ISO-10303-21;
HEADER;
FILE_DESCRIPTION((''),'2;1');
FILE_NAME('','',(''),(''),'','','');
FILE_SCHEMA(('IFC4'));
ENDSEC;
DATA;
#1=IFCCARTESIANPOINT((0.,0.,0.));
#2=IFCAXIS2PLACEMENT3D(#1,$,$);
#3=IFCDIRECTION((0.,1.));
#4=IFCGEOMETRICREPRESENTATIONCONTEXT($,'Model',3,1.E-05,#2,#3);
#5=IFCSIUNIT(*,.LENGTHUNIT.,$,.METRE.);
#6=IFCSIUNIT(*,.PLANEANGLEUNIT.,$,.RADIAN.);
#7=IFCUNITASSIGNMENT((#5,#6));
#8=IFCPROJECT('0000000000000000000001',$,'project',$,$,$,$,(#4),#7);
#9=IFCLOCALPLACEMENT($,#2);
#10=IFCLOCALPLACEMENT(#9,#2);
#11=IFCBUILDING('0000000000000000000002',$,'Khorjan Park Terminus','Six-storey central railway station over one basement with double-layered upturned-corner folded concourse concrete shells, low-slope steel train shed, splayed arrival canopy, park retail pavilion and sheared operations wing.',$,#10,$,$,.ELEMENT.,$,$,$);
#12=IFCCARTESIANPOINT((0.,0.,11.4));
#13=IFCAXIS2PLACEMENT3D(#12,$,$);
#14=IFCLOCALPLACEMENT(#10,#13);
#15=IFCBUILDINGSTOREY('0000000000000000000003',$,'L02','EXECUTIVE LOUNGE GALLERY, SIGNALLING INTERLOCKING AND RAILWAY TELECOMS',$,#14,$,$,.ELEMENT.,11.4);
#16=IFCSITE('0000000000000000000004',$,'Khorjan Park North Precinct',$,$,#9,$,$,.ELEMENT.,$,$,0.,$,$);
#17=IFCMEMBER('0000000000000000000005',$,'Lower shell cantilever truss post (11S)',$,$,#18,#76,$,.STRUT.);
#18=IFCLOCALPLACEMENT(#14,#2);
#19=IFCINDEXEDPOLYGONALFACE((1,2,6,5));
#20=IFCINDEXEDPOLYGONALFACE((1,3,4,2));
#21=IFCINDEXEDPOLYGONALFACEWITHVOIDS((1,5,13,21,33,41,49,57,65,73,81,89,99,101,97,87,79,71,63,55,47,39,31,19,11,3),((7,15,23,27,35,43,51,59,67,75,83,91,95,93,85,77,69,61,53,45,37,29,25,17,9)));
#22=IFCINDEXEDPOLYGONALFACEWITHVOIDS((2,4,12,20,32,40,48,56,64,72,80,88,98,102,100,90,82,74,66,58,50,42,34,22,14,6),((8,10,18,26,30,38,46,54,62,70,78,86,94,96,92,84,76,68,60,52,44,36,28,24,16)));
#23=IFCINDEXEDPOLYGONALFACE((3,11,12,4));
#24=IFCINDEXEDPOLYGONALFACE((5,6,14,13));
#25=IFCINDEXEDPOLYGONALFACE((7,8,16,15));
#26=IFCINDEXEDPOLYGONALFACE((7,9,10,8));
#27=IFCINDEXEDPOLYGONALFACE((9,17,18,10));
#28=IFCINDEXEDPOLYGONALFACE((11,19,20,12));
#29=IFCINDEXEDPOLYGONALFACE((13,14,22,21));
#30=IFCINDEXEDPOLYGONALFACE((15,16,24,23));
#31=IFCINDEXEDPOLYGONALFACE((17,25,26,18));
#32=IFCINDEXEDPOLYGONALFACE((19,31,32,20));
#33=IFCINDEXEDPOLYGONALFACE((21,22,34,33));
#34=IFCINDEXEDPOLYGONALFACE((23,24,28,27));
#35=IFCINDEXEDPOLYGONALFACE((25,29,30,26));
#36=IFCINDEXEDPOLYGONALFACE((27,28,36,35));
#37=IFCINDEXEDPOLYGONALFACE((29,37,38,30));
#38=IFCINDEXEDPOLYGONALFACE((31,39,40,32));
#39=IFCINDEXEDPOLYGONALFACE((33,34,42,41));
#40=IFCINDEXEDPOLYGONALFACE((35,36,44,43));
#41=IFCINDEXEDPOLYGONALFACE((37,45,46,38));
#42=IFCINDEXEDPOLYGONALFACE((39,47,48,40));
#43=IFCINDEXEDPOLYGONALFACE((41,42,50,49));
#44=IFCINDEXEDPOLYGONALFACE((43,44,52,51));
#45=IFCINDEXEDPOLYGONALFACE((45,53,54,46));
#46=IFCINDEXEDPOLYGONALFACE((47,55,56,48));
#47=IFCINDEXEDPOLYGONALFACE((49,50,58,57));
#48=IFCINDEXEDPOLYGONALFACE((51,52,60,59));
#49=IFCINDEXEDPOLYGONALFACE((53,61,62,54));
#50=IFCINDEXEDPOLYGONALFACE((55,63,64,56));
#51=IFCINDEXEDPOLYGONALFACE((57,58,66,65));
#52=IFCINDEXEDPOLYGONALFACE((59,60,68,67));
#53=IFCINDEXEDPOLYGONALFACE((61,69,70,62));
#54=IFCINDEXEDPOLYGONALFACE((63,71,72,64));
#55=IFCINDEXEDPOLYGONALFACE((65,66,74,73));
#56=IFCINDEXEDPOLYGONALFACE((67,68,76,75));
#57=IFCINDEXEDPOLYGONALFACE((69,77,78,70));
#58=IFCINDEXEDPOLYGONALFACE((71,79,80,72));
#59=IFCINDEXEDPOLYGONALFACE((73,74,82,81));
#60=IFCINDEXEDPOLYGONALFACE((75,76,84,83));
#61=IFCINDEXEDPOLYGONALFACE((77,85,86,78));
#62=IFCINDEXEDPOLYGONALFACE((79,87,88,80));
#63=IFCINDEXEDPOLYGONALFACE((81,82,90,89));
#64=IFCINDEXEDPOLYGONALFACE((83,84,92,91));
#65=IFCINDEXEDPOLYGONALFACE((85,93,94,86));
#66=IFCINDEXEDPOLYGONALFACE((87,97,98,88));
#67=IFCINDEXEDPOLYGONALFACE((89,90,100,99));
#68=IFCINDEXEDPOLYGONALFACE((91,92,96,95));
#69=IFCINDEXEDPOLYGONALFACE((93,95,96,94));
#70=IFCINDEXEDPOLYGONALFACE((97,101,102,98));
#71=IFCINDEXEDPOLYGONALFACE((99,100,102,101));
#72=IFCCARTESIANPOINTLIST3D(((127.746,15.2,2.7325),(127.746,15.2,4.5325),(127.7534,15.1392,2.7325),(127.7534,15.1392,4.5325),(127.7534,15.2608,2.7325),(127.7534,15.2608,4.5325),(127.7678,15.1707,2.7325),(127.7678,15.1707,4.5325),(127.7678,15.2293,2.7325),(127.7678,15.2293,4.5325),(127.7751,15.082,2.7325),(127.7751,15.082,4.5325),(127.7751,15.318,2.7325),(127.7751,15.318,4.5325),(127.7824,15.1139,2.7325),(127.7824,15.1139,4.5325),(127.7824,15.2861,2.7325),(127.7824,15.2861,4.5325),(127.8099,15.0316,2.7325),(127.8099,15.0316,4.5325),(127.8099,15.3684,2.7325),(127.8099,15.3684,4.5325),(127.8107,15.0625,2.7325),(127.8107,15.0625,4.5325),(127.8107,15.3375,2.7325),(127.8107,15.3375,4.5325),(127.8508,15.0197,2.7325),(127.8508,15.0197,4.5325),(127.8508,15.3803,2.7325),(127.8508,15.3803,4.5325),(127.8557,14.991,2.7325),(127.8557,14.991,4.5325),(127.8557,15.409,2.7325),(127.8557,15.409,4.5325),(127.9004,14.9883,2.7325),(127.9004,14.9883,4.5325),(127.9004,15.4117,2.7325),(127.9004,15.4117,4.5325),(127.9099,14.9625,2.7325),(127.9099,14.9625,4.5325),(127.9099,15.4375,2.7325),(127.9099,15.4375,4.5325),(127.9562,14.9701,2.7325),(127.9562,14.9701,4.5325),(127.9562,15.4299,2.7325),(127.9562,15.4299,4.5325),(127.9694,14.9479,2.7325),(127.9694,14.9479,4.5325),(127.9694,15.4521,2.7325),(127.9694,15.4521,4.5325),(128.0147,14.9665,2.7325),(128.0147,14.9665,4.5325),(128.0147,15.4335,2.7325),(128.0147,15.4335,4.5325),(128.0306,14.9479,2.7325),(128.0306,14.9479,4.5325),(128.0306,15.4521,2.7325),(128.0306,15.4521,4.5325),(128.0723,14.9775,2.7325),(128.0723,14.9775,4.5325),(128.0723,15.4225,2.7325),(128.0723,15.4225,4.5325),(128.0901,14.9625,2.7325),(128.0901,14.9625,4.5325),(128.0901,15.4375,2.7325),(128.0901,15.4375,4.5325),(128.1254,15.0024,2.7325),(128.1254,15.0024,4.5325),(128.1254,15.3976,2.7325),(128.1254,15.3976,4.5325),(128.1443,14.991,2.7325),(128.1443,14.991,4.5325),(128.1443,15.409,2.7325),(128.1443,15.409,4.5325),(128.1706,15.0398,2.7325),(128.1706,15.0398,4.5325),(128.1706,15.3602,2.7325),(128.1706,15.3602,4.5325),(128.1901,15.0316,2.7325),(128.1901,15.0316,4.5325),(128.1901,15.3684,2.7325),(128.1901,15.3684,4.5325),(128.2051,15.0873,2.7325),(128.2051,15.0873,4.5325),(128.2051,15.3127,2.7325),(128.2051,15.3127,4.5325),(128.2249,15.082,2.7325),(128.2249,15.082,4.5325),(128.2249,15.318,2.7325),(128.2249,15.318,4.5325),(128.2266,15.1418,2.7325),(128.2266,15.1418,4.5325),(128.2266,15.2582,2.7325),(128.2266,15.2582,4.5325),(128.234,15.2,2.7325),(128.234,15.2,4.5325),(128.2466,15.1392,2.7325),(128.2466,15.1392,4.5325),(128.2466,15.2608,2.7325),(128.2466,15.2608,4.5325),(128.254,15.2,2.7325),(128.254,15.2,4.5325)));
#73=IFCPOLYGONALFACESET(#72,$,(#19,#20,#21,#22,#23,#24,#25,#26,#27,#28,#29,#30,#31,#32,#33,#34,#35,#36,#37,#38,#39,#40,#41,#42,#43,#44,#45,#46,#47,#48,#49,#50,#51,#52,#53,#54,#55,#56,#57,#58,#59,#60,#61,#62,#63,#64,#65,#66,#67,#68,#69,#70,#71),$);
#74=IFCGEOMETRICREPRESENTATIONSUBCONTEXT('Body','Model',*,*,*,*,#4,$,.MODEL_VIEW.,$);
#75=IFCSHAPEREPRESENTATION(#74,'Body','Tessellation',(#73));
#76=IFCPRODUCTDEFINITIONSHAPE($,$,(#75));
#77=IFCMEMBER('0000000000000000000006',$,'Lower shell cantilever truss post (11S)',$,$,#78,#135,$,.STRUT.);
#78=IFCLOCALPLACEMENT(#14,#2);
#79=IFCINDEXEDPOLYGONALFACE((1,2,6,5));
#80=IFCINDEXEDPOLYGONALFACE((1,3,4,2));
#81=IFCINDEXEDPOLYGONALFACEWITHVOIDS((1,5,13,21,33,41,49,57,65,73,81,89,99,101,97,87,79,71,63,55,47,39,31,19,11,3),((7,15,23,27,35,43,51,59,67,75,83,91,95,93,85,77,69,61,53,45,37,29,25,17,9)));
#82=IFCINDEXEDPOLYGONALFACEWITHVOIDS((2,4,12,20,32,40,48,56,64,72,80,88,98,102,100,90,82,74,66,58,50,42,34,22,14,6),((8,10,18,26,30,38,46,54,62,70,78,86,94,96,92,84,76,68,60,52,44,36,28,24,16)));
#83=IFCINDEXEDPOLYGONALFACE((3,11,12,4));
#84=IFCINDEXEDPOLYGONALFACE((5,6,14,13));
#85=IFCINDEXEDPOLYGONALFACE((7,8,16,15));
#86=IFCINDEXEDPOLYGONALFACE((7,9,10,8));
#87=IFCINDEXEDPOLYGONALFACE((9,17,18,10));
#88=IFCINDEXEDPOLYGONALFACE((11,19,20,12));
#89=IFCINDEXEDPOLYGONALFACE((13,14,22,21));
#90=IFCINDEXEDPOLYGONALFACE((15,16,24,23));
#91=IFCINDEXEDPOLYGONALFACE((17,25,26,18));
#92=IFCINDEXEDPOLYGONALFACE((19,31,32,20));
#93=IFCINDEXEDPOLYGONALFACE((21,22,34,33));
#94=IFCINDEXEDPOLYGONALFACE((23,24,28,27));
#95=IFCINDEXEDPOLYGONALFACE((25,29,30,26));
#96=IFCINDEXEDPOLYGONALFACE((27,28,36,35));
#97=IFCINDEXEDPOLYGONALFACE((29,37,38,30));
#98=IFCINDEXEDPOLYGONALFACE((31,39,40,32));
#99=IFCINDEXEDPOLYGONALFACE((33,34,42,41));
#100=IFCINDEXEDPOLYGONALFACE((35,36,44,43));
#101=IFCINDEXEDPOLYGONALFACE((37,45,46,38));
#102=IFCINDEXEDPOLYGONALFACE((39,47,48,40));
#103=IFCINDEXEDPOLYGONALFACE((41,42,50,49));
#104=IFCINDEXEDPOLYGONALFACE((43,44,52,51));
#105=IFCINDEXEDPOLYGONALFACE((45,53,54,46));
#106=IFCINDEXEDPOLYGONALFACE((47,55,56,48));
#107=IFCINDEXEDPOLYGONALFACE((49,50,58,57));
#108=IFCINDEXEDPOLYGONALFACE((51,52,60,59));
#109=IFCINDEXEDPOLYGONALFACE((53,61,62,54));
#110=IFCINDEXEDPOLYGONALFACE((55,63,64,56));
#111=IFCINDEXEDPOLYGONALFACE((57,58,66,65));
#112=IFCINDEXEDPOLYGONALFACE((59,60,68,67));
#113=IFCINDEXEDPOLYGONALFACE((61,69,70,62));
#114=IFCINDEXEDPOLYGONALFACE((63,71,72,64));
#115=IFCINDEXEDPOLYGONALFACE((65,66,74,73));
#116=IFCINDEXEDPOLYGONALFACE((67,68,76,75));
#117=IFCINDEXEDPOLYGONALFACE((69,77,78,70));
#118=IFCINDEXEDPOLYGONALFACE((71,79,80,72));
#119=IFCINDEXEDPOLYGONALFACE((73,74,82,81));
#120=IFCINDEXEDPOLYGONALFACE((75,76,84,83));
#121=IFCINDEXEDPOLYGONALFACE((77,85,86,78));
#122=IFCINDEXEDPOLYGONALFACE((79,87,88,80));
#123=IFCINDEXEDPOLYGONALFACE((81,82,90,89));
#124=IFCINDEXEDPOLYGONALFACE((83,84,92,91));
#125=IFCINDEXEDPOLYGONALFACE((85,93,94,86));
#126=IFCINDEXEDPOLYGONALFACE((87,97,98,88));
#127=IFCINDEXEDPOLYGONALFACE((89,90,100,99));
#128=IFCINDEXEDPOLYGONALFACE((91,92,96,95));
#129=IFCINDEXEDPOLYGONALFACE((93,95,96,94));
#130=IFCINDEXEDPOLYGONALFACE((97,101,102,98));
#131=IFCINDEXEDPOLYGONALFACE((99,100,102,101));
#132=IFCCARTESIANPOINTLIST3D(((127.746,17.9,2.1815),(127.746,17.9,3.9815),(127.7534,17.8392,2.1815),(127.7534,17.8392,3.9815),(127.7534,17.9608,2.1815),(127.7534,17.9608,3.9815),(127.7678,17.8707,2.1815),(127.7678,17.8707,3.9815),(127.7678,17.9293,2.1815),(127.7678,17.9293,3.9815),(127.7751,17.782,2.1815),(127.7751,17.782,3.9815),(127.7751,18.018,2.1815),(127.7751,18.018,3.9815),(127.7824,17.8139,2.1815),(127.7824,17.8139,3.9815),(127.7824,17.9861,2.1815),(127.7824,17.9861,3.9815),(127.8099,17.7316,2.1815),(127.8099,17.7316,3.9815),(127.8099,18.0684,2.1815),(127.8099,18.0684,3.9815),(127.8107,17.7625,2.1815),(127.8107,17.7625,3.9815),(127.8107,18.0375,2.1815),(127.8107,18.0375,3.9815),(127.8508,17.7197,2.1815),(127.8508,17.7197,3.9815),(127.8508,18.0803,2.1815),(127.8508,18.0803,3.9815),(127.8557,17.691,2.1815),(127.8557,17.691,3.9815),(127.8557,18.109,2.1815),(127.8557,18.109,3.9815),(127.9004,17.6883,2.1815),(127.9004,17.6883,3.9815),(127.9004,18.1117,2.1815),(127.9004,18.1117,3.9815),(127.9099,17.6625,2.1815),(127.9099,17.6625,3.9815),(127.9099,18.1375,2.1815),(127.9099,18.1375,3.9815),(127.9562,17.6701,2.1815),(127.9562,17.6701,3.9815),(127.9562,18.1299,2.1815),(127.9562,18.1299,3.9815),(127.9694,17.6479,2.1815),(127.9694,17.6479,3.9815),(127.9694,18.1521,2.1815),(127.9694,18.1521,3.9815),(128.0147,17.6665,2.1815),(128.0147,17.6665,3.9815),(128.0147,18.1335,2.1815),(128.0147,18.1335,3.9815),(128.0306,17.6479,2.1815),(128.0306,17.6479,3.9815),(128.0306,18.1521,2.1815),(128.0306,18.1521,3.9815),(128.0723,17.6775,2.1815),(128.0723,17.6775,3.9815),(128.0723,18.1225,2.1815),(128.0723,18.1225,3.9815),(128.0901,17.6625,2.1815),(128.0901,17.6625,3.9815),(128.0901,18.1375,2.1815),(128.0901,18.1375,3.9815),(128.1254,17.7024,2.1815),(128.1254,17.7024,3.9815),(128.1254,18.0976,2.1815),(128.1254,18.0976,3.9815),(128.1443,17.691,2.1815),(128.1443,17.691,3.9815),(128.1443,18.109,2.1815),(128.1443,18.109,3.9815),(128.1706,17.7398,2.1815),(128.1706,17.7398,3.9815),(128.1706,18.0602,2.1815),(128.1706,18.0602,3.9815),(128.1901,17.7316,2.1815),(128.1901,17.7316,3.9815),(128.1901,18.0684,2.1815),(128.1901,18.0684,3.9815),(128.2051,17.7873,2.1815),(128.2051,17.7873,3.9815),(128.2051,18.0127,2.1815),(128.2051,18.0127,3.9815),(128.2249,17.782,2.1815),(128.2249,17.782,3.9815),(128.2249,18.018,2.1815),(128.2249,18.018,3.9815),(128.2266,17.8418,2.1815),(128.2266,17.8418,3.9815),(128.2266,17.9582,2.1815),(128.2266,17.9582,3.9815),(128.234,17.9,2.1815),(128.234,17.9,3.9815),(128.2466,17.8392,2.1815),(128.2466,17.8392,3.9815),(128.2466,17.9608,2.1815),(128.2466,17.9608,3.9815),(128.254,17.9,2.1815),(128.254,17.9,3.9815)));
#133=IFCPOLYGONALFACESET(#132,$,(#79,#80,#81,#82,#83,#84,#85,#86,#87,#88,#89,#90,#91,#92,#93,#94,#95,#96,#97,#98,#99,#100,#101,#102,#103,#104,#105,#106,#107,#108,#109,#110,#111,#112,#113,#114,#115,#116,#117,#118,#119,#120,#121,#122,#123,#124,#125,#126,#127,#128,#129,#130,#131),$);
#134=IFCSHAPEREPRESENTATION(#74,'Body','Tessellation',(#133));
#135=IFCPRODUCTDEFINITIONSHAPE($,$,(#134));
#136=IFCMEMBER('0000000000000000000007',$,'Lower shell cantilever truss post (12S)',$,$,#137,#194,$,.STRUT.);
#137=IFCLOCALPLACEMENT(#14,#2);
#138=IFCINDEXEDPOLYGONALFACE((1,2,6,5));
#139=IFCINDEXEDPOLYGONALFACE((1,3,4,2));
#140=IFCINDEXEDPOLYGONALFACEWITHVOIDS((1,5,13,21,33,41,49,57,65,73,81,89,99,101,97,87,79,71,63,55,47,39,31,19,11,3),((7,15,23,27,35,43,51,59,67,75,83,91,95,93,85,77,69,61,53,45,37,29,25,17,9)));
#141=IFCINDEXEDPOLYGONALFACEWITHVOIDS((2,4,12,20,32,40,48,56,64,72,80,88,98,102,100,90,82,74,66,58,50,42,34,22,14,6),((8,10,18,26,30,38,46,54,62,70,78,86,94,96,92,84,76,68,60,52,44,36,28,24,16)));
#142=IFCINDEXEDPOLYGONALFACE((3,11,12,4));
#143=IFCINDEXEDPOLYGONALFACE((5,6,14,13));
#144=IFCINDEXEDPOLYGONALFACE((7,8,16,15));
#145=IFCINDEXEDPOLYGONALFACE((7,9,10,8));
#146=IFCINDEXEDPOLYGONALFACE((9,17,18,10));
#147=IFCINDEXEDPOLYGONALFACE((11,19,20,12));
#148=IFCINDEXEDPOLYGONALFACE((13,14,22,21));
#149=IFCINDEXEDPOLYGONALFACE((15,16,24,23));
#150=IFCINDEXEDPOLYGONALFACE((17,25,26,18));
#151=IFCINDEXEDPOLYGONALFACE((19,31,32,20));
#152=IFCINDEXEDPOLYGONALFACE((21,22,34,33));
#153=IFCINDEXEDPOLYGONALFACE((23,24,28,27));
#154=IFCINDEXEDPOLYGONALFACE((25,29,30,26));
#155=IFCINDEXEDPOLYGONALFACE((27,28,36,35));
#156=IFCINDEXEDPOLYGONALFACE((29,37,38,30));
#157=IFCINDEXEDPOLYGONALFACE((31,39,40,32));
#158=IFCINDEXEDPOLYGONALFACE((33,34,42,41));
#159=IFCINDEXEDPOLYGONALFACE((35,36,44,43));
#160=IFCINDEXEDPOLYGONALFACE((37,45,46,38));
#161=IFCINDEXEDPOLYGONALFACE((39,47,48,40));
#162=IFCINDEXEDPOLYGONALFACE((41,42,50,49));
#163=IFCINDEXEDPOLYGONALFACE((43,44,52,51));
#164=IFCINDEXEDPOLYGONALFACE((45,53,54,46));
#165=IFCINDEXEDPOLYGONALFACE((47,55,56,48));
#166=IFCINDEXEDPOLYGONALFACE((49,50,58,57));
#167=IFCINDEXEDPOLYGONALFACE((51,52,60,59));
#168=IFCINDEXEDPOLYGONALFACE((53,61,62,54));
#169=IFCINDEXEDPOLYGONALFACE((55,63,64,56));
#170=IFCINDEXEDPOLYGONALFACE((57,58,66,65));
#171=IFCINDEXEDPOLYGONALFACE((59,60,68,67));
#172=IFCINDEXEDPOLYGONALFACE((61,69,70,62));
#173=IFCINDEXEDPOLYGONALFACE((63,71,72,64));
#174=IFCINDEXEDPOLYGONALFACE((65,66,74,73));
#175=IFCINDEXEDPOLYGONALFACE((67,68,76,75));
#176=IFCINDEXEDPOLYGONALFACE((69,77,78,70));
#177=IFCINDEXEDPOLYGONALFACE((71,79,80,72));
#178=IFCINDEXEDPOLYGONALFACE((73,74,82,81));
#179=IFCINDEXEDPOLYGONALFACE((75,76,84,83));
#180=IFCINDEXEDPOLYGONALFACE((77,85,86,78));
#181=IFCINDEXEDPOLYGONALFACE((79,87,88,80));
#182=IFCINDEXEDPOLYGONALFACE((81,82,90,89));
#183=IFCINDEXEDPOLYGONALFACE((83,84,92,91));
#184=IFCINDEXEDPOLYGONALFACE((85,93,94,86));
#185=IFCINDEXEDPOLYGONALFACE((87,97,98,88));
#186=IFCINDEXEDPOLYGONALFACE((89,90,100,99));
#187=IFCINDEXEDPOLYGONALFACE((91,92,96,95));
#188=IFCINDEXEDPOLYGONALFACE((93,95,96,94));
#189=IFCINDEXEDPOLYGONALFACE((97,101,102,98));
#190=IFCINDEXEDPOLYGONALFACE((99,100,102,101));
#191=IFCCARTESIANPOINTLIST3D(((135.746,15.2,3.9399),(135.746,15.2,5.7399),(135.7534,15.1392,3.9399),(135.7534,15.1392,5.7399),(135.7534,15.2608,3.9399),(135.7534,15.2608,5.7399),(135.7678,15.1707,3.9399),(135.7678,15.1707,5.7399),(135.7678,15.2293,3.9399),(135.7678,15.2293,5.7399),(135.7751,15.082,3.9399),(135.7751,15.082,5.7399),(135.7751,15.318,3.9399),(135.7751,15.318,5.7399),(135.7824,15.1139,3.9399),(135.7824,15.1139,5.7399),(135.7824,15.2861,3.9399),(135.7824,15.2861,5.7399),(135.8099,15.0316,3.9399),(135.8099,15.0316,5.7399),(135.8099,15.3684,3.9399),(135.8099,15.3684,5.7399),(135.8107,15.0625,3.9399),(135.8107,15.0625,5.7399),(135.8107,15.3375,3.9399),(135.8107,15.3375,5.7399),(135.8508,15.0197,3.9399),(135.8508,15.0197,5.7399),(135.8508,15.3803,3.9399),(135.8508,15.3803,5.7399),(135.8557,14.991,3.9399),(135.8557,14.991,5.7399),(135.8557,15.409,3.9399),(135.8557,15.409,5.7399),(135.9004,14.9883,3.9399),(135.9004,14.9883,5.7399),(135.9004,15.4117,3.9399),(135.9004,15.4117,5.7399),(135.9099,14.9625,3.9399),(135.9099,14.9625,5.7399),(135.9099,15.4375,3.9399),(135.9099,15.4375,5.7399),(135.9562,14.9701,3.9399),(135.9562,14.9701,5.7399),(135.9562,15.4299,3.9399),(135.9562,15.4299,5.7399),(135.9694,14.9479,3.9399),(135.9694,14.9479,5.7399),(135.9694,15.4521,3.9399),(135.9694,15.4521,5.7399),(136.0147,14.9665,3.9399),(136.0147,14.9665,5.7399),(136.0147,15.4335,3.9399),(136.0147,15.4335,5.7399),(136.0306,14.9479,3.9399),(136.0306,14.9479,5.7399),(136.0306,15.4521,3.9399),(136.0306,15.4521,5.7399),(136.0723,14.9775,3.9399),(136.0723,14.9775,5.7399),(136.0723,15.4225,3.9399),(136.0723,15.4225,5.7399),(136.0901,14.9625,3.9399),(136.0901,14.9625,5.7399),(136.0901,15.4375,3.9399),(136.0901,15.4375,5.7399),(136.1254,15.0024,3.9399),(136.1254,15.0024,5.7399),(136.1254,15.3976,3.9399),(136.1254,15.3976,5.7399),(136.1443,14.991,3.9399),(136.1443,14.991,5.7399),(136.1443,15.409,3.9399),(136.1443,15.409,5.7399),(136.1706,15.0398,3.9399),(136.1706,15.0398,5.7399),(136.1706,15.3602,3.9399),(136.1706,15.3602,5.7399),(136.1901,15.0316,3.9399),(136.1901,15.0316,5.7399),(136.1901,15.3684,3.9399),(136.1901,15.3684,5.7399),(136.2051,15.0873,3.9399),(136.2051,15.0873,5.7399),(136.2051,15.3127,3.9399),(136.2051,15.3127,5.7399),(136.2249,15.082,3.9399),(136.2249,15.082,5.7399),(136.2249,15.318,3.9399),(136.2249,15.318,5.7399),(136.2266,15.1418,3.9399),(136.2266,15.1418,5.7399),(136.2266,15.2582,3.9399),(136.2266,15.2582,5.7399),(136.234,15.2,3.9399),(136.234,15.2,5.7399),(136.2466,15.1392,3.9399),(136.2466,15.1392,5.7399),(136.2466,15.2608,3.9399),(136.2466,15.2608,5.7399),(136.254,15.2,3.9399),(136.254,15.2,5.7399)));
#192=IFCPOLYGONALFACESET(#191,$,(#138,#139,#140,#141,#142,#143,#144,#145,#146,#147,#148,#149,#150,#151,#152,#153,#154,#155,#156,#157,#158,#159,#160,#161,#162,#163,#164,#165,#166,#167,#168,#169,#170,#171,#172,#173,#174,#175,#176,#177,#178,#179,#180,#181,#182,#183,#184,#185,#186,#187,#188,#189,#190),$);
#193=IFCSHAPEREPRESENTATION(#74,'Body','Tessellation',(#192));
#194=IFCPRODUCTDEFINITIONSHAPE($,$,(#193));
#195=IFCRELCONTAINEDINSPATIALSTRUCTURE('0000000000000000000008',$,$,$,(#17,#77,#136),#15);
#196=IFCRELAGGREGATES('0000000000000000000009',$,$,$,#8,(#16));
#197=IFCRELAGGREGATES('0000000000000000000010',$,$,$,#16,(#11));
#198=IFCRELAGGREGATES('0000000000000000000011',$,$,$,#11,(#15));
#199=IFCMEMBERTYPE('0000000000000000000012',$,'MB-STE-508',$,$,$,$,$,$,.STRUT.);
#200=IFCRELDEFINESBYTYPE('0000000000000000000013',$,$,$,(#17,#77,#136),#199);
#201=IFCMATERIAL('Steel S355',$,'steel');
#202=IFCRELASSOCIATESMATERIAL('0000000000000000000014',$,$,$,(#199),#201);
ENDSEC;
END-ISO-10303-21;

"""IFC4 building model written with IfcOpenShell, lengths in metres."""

from ifc_helpers import new_model, si_unit, direction, frame, origin, origin_2d, place, context, subcontext, project, spatial, hollow_circle, extrude, material, material_profile, profile_set, type_object, element, save


model = new_model("IFC4")

# Units and contexts
model_context = context("Model", 3, precision=1e-05, world=origin(), true_north=direction((0.0, 1.0)))
body_context = subcontext(model_context, "Body", "Model", "MODEL_VIEW")
ifc_project = project(units=[si_unit("LENGTHUNIT", "METRE"), si_unit("PLANEANGLEUNIT", "RADIAN")], contexts=[model_context])

# Site, building, storey
site_placement = place(None, origin())
site = spatial("IfcSite", under=ifc_project, at=site_placement, Name="Khorjan Park North Precinct", CompositionType="ELEMENT", RefElevation=0.0)
building_placement = place(site_placement, origin())
building = spatial("IfcBuilding", under=site, at=building_placement, Name="Khorjan Park Terminus", Description="Six-storey central railway station over one basement with double-layered upturned-corner folded concourse concrete shells, low-slope steel train shed, splayed arrival canopy, park retail pavilion and sheared operations wing.", CompositionType="ELEMENT")
storey_placement = place(building_placement, frame((0.0, 0.0, 11.4)))
storey = spatial("IfcBuildingStorey", under=building, at=storey_placement, Name="L02", Description="EXECUTIVE LOUNGE GALLERY, SIGNALLING INTERLOCKING AND RAILWAY TELECOMS", CompositionType="ELEMENT", Elevation=11.4)

# Members
ifc_material_1 = material(Name="Steel S355", Category="steel")
ifc_material_profile_1 = material_profile(ifc_material_1, hollow_circle(Radius=0.254, WallThickness=0.02, at=origin_2d()), Name="CHS 508x20")
ifc_profile_set_1 = profile_set([ifc_material_profile_1], Name="Steel S355")
member_type_1 = type_object("IfcMemberType", Name="MB-STE-508", PredefinedType="STRUT", material=ifc_profile_set_1)
for number, where, z_axis, x_axis, name in (
    (1, (128.0, 15.2, 2.7325), (0.0, 0.0, 1.0), (1.0, 0.0, 0.0), "Lower shell cantilever truss post (11S)"),
    (2, (128.0, 17.9, 2.1815), (0.0, 0.0, 1.0), (1.0, 0.0, 0.0), "Lower shell cantilever truss post (11S)"),
    (3, (136.0, 15.2, 3.9399), (0.0, 0.0, 1.0), (1.0, 0.0, 0.0), "Lower shell cantilever truss post (12S)"),
):
    element("IfcMember", number, at=place(storey_placement, frame(where, z_axis=z_axis, x_axis=x_axis)), inside=storey, type_object=member_type_1, Name=name, PredefinedType="STRUT", context=body_context, shape_type="SweptSolid", body=[
        extrude(hollow_circle(Radius=0.254, WallThickness=0.02, at=origin_2d()), origin(), (0.0, 0.0, 1.0), 1.8),
    ])

save(model, "model.ifc")
